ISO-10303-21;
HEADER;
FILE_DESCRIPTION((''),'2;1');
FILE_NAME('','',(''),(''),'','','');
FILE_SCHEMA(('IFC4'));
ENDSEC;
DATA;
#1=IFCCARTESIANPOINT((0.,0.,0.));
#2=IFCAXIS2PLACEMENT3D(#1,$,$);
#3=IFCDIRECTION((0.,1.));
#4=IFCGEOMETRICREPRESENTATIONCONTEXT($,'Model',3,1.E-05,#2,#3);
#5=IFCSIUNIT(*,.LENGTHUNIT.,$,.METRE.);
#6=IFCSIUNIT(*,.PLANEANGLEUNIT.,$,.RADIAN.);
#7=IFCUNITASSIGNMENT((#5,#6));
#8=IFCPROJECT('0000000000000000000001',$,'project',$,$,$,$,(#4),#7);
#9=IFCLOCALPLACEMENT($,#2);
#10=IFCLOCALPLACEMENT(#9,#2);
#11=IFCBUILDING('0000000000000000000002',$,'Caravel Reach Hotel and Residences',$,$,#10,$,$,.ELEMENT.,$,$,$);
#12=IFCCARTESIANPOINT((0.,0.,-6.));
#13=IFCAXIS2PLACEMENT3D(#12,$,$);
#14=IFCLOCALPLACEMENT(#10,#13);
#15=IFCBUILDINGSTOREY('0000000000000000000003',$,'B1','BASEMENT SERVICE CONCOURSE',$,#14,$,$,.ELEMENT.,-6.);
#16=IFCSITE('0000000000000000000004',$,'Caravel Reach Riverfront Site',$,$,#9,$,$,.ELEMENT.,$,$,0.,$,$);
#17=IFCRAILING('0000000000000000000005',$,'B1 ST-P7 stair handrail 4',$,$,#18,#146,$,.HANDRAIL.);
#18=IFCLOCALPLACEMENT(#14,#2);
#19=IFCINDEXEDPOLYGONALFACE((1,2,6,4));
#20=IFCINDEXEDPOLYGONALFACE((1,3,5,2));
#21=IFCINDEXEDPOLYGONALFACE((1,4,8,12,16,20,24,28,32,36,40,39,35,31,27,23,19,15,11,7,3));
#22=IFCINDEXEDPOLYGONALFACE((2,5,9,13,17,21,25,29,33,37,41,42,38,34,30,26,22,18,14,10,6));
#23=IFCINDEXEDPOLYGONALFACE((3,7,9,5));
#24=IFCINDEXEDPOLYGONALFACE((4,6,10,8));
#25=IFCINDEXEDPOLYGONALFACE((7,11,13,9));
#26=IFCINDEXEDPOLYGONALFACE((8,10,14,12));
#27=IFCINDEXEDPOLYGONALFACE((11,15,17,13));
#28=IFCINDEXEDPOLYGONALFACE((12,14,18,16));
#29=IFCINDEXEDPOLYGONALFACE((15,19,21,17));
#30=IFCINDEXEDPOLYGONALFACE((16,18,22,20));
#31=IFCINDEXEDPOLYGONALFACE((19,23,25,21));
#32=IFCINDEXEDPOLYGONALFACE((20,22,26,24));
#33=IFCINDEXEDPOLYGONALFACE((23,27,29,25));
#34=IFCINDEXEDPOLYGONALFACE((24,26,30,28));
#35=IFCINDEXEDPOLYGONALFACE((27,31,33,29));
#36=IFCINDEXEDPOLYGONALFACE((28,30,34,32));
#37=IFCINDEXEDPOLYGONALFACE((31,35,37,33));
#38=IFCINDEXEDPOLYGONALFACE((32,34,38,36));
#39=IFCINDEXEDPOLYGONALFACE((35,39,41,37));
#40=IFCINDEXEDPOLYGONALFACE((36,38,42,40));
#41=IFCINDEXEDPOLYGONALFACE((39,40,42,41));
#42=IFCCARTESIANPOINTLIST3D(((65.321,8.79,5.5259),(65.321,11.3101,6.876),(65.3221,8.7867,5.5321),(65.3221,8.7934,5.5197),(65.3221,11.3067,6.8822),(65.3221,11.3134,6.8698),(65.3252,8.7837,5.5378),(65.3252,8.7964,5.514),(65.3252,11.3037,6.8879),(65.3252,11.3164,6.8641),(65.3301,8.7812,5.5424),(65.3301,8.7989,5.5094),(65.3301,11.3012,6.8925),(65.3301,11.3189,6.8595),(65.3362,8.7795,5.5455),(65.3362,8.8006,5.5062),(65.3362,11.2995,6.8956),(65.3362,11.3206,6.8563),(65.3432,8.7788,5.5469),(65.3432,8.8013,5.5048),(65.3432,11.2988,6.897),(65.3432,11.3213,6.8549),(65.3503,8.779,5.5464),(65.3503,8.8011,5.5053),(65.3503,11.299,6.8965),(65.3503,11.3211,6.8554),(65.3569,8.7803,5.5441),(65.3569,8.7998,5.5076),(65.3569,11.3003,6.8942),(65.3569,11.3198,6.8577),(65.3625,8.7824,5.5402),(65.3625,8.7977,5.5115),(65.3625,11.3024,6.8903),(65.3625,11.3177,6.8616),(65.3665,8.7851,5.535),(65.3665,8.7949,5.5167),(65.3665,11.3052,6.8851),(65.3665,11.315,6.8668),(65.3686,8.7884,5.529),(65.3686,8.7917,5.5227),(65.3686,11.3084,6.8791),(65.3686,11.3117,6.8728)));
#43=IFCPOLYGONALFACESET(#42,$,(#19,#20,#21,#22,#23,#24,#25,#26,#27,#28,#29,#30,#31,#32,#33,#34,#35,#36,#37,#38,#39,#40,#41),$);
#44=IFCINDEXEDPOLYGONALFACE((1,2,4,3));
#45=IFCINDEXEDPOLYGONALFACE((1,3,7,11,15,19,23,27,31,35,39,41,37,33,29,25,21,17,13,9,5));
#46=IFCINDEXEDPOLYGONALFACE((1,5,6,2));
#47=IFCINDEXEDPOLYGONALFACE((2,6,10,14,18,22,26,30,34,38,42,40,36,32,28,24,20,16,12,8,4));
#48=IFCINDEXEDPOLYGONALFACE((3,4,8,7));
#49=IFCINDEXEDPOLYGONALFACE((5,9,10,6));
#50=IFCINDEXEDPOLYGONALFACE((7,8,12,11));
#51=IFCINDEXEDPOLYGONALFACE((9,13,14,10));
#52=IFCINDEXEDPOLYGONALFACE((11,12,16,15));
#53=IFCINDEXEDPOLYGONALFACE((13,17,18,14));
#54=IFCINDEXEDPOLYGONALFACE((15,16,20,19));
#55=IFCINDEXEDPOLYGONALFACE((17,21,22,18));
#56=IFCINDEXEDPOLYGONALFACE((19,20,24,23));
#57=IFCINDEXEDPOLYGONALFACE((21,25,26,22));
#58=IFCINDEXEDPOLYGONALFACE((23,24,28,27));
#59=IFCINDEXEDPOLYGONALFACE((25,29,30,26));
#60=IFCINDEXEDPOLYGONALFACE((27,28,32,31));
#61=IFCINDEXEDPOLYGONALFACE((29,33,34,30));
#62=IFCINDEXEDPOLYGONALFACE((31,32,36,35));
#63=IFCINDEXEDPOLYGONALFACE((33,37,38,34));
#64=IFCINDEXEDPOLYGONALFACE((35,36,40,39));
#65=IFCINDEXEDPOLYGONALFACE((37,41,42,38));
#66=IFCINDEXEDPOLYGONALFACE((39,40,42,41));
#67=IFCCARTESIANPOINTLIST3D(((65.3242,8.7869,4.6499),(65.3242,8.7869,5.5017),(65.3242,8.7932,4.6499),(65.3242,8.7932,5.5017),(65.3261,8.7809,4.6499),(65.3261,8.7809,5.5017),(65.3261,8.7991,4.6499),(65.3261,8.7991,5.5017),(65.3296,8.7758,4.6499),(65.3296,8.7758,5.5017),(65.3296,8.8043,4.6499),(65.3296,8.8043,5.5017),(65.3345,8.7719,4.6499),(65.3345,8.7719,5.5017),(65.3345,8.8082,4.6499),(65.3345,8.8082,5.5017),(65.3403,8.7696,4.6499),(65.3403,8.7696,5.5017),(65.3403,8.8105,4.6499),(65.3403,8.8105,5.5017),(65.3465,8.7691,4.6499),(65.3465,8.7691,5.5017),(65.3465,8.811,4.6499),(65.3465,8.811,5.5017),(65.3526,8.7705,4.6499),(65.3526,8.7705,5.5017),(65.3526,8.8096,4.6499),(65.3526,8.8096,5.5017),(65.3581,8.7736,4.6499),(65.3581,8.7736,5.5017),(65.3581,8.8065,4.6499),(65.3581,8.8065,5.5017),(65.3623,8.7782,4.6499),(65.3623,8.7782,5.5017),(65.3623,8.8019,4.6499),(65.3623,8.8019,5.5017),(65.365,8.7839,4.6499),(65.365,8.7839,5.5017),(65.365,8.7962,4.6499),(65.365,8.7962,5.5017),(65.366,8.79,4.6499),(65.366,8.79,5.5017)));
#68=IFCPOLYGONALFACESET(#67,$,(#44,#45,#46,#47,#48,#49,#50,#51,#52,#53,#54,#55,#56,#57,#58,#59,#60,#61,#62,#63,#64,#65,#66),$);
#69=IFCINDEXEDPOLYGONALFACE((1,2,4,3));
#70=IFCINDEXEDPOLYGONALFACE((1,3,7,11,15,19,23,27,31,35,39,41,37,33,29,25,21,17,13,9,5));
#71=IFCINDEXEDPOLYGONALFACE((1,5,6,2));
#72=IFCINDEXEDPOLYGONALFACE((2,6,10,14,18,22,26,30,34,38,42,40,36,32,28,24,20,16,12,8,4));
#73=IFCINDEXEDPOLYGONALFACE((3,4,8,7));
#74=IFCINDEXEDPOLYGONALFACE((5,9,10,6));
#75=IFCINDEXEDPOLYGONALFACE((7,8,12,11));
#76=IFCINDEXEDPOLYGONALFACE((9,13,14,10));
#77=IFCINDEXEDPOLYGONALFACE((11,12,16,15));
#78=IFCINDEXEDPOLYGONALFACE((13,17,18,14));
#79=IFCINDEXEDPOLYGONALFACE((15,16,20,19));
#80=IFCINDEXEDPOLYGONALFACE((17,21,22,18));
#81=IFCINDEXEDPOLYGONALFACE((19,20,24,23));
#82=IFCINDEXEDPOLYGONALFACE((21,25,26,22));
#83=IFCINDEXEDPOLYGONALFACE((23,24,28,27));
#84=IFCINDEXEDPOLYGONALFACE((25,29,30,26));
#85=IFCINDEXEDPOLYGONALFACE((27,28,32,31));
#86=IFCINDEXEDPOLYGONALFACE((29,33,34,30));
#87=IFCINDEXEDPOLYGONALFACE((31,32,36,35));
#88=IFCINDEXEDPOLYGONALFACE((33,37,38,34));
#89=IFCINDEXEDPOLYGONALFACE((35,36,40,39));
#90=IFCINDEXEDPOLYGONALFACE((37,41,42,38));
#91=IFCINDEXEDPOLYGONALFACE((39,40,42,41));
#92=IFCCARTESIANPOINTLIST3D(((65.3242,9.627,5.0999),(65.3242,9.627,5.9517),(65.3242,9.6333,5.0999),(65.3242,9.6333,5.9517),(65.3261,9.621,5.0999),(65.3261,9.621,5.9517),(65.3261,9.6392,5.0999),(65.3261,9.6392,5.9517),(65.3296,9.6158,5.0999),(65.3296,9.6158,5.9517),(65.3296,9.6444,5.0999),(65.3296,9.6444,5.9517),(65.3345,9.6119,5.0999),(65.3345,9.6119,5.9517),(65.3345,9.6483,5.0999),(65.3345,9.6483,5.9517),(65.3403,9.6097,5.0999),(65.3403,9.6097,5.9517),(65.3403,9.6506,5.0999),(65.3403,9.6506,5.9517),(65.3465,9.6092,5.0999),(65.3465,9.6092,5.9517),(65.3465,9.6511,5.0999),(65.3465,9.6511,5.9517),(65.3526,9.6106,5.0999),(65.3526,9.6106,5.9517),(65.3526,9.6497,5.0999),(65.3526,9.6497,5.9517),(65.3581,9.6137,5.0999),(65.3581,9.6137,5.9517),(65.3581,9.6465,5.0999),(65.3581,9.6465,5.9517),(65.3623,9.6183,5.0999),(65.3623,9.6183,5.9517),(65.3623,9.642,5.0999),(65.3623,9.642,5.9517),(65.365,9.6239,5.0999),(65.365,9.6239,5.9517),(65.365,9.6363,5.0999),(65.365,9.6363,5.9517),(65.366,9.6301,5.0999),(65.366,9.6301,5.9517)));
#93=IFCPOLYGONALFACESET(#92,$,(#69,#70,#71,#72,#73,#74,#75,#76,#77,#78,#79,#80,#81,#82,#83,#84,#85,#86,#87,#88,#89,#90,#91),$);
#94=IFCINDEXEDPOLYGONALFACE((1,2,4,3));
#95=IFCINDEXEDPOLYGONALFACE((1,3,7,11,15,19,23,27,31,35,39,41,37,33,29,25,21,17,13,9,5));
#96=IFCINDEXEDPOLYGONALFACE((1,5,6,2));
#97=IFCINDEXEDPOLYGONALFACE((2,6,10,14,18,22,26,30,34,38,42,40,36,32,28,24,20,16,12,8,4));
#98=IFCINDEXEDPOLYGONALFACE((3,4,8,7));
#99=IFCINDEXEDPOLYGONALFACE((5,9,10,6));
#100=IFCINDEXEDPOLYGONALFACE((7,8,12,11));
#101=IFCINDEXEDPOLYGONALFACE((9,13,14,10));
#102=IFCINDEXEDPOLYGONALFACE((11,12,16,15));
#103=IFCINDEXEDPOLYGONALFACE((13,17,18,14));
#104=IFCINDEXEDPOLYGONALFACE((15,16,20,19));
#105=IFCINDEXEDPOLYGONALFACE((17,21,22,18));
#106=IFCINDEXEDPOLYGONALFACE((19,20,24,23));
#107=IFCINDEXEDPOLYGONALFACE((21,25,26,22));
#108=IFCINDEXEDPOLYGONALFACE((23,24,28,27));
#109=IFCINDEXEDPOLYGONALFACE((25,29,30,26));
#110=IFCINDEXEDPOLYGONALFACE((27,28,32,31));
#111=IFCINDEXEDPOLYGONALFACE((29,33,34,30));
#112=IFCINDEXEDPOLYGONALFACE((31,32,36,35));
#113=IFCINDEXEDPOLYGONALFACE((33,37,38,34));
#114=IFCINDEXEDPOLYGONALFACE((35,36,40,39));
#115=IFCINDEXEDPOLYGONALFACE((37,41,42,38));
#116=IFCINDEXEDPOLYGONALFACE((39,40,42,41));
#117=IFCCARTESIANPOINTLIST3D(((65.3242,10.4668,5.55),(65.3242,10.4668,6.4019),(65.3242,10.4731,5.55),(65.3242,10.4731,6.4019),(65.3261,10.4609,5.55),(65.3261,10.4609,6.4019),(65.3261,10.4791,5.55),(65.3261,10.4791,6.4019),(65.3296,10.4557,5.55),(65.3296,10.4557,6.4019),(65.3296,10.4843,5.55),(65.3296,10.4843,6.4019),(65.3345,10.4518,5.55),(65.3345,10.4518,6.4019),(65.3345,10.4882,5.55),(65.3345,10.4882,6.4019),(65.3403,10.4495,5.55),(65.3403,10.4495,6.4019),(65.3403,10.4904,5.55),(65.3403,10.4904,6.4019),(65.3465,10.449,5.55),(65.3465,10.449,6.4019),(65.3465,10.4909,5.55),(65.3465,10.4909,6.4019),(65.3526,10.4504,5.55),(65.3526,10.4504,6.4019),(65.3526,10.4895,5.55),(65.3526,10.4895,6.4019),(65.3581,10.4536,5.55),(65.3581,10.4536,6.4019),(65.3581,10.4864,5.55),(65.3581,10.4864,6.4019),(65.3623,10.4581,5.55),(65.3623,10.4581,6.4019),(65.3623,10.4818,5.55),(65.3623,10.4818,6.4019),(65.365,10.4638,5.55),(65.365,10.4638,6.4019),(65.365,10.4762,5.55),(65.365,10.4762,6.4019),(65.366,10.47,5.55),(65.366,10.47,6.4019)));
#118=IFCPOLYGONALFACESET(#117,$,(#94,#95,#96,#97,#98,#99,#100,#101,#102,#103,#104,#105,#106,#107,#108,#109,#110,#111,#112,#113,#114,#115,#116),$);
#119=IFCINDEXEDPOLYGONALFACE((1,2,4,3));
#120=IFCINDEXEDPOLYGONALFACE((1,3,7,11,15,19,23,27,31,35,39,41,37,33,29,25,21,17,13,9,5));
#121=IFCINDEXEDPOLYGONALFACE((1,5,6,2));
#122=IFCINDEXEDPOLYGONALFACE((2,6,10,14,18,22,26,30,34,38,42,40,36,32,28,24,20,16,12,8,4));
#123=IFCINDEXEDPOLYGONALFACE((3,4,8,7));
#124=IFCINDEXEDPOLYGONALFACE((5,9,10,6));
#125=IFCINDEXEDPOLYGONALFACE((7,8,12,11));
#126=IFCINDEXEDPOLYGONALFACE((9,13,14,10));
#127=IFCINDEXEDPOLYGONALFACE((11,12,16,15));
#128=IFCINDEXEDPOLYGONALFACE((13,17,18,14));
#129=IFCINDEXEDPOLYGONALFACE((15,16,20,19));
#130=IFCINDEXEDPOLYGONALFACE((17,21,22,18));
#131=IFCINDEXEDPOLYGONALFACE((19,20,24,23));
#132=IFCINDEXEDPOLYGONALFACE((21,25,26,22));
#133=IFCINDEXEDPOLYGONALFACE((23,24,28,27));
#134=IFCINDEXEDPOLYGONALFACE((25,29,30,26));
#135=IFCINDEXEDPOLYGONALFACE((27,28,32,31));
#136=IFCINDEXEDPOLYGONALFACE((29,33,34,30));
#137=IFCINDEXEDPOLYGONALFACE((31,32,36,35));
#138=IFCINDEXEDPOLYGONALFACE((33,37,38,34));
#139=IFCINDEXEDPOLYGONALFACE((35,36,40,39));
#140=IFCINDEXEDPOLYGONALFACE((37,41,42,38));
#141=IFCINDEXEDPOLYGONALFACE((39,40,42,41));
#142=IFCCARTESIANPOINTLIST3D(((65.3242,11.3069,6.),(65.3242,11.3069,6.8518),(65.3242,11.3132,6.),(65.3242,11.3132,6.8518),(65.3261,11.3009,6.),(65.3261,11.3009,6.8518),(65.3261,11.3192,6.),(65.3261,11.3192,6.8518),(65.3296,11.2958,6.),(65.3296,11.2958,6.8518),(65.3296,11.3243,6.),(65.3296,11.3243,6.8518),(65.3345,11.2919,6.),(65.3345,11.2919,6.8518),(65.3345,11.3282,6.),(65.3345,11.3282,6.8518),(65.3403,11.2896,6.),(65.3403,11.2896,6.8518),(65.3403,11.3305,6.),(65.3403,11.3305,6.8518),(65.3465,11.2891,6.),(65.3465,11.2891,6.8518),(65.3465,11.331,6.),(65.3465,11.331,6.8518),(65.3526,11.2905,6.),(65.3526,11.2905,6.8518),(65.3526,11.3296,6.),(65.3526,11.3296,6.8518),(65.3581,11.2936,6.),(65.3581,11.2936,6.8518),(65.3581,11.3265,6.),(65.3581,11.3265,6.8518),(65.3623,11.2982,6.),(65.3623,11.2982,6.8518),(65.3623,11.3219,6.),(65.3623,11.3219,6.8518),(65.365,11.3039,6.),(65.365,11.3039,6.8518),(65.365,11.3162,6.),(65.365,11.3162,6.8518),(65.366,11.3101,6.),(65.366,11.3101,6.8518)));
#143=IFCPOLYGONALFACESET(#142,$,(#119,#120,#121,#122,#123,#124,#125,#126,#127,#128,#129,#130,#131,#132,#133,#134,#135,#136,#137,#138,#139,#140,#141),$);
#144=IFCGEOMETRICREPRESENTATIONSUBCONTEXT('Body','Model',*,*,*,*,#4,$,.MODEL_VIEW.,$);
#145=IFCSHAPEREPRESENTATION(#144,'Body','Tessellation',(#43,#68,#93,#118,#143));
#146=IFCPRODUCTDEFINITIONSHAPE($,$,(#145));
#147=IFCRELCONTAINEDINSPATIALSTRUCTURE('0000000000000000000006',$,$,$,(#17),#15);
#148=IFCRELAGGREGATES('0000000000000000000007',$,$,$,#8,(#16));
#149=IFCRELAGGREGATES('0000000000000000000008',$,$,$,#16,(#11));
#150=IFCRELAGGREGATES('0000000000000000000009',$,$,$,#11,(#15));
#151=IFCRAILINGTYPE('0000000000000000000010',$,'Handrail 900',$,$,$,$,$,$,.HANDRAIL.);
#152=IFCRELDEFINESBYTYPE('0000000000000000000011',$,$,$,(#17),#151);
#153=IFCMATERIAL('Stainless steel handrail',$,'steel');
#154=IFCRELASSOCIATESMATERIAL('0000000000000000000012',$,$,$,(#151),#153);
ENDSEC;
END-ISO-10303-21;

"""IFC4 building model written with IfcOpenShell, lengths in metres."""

from ifc_helpers import new_model, si_unit, direction, frame, origin, origin_2d, place, context, subcontext, project, spatial, circle, extrude, material, type_object, element, save


model = new_model("IFC4")

# Units and contexts
model_context = context("Model", 3, precision=1e-05, world=origin(), true_north=direction((0.0, 1.0)))
body_context = subcontext(model_context, "Body", "Model", "MODEL_VIEW")
ifc_project = project(units=[si_unit("LENGTHUNIT", "METRE"), si_unit("PLANEANGLEUNIT", "RADIAN")], contexts=[model_context])

# Site, building, storey
site_placement = place(None, origin())
site = spatial("IfcSite", under=ifc_project, at=site_placement, Name="Caravel Reach Riverfront Site", CompositionType="ELEMENT", RefElevation=0.0)
building_placement = place(site_placement, origin())
building = spatial("IfcBuilding", under=site, at=building_placement, Name="Caravel Reach Hotel and Residences", CompositionType="ELEMENT")
storey_placement = place(building_placement, frame((0.0, 0.0, -6.0)))
storey = spatial("IfcBuildingStorey", under=building, at=storey_placement, Name="B1", Description="BASEMENT SERVICE CONCOURSE", CompositionType="ELEMENT", Elevation=-6.0)

# Railing
ifc_material_1 = material(Name="Stainless steel handrail", Category="steel")
railing_type_1 = type_object("IfcRailingType", Name="Handrail 900", PredefinedType="HANDRAIL", material=ifc_material_1)
railing_1_placement = place(storey_placement, frame((65.345, 8.79, 4.6499)))
element("IfcRailing", 1, at=railing_1_placement, inside=storey, type_object=railing_type_1, Name="B1 ST-P7 stair handrail 4", PredefinedType="HANDRAIL", context=body_context, shape_type="SweptSolid", body=[
    extrude(circle(Radius=0.0239, at=origin_2d()), frame((0.0, 0.0, 0.876), z_axis=(0.0, 0.881467, 0.472245), x_axis=(-1.0, 0.0, 0.0)), (0.0, 0.0, 1.0), 2.8589),
    extrude(circle(Radius=0.021, at=origin_2d()), origin(), (0.0, 0.0, 1.0), 0.8518),
    extrude(circle(Radius=0.021, at=origin_2d()), frame((0.0, 0.8401, 0.45)), (0.0, 0.0, 1.0), 0.8518),
    extrude(circle(Radius=0.021, at=origin_2d()), frame((0.0, 1.6799, 0.9001)), (0.0, 0.0, 1.0), 0.8518),
    extrude(circle(Radius=0.021, at=origin_2d()), frame((0.0, 2.52, 1.3501)), (0.0, 0.0, 1.0), 0.8518),
])

save(model, "model.ifc")
